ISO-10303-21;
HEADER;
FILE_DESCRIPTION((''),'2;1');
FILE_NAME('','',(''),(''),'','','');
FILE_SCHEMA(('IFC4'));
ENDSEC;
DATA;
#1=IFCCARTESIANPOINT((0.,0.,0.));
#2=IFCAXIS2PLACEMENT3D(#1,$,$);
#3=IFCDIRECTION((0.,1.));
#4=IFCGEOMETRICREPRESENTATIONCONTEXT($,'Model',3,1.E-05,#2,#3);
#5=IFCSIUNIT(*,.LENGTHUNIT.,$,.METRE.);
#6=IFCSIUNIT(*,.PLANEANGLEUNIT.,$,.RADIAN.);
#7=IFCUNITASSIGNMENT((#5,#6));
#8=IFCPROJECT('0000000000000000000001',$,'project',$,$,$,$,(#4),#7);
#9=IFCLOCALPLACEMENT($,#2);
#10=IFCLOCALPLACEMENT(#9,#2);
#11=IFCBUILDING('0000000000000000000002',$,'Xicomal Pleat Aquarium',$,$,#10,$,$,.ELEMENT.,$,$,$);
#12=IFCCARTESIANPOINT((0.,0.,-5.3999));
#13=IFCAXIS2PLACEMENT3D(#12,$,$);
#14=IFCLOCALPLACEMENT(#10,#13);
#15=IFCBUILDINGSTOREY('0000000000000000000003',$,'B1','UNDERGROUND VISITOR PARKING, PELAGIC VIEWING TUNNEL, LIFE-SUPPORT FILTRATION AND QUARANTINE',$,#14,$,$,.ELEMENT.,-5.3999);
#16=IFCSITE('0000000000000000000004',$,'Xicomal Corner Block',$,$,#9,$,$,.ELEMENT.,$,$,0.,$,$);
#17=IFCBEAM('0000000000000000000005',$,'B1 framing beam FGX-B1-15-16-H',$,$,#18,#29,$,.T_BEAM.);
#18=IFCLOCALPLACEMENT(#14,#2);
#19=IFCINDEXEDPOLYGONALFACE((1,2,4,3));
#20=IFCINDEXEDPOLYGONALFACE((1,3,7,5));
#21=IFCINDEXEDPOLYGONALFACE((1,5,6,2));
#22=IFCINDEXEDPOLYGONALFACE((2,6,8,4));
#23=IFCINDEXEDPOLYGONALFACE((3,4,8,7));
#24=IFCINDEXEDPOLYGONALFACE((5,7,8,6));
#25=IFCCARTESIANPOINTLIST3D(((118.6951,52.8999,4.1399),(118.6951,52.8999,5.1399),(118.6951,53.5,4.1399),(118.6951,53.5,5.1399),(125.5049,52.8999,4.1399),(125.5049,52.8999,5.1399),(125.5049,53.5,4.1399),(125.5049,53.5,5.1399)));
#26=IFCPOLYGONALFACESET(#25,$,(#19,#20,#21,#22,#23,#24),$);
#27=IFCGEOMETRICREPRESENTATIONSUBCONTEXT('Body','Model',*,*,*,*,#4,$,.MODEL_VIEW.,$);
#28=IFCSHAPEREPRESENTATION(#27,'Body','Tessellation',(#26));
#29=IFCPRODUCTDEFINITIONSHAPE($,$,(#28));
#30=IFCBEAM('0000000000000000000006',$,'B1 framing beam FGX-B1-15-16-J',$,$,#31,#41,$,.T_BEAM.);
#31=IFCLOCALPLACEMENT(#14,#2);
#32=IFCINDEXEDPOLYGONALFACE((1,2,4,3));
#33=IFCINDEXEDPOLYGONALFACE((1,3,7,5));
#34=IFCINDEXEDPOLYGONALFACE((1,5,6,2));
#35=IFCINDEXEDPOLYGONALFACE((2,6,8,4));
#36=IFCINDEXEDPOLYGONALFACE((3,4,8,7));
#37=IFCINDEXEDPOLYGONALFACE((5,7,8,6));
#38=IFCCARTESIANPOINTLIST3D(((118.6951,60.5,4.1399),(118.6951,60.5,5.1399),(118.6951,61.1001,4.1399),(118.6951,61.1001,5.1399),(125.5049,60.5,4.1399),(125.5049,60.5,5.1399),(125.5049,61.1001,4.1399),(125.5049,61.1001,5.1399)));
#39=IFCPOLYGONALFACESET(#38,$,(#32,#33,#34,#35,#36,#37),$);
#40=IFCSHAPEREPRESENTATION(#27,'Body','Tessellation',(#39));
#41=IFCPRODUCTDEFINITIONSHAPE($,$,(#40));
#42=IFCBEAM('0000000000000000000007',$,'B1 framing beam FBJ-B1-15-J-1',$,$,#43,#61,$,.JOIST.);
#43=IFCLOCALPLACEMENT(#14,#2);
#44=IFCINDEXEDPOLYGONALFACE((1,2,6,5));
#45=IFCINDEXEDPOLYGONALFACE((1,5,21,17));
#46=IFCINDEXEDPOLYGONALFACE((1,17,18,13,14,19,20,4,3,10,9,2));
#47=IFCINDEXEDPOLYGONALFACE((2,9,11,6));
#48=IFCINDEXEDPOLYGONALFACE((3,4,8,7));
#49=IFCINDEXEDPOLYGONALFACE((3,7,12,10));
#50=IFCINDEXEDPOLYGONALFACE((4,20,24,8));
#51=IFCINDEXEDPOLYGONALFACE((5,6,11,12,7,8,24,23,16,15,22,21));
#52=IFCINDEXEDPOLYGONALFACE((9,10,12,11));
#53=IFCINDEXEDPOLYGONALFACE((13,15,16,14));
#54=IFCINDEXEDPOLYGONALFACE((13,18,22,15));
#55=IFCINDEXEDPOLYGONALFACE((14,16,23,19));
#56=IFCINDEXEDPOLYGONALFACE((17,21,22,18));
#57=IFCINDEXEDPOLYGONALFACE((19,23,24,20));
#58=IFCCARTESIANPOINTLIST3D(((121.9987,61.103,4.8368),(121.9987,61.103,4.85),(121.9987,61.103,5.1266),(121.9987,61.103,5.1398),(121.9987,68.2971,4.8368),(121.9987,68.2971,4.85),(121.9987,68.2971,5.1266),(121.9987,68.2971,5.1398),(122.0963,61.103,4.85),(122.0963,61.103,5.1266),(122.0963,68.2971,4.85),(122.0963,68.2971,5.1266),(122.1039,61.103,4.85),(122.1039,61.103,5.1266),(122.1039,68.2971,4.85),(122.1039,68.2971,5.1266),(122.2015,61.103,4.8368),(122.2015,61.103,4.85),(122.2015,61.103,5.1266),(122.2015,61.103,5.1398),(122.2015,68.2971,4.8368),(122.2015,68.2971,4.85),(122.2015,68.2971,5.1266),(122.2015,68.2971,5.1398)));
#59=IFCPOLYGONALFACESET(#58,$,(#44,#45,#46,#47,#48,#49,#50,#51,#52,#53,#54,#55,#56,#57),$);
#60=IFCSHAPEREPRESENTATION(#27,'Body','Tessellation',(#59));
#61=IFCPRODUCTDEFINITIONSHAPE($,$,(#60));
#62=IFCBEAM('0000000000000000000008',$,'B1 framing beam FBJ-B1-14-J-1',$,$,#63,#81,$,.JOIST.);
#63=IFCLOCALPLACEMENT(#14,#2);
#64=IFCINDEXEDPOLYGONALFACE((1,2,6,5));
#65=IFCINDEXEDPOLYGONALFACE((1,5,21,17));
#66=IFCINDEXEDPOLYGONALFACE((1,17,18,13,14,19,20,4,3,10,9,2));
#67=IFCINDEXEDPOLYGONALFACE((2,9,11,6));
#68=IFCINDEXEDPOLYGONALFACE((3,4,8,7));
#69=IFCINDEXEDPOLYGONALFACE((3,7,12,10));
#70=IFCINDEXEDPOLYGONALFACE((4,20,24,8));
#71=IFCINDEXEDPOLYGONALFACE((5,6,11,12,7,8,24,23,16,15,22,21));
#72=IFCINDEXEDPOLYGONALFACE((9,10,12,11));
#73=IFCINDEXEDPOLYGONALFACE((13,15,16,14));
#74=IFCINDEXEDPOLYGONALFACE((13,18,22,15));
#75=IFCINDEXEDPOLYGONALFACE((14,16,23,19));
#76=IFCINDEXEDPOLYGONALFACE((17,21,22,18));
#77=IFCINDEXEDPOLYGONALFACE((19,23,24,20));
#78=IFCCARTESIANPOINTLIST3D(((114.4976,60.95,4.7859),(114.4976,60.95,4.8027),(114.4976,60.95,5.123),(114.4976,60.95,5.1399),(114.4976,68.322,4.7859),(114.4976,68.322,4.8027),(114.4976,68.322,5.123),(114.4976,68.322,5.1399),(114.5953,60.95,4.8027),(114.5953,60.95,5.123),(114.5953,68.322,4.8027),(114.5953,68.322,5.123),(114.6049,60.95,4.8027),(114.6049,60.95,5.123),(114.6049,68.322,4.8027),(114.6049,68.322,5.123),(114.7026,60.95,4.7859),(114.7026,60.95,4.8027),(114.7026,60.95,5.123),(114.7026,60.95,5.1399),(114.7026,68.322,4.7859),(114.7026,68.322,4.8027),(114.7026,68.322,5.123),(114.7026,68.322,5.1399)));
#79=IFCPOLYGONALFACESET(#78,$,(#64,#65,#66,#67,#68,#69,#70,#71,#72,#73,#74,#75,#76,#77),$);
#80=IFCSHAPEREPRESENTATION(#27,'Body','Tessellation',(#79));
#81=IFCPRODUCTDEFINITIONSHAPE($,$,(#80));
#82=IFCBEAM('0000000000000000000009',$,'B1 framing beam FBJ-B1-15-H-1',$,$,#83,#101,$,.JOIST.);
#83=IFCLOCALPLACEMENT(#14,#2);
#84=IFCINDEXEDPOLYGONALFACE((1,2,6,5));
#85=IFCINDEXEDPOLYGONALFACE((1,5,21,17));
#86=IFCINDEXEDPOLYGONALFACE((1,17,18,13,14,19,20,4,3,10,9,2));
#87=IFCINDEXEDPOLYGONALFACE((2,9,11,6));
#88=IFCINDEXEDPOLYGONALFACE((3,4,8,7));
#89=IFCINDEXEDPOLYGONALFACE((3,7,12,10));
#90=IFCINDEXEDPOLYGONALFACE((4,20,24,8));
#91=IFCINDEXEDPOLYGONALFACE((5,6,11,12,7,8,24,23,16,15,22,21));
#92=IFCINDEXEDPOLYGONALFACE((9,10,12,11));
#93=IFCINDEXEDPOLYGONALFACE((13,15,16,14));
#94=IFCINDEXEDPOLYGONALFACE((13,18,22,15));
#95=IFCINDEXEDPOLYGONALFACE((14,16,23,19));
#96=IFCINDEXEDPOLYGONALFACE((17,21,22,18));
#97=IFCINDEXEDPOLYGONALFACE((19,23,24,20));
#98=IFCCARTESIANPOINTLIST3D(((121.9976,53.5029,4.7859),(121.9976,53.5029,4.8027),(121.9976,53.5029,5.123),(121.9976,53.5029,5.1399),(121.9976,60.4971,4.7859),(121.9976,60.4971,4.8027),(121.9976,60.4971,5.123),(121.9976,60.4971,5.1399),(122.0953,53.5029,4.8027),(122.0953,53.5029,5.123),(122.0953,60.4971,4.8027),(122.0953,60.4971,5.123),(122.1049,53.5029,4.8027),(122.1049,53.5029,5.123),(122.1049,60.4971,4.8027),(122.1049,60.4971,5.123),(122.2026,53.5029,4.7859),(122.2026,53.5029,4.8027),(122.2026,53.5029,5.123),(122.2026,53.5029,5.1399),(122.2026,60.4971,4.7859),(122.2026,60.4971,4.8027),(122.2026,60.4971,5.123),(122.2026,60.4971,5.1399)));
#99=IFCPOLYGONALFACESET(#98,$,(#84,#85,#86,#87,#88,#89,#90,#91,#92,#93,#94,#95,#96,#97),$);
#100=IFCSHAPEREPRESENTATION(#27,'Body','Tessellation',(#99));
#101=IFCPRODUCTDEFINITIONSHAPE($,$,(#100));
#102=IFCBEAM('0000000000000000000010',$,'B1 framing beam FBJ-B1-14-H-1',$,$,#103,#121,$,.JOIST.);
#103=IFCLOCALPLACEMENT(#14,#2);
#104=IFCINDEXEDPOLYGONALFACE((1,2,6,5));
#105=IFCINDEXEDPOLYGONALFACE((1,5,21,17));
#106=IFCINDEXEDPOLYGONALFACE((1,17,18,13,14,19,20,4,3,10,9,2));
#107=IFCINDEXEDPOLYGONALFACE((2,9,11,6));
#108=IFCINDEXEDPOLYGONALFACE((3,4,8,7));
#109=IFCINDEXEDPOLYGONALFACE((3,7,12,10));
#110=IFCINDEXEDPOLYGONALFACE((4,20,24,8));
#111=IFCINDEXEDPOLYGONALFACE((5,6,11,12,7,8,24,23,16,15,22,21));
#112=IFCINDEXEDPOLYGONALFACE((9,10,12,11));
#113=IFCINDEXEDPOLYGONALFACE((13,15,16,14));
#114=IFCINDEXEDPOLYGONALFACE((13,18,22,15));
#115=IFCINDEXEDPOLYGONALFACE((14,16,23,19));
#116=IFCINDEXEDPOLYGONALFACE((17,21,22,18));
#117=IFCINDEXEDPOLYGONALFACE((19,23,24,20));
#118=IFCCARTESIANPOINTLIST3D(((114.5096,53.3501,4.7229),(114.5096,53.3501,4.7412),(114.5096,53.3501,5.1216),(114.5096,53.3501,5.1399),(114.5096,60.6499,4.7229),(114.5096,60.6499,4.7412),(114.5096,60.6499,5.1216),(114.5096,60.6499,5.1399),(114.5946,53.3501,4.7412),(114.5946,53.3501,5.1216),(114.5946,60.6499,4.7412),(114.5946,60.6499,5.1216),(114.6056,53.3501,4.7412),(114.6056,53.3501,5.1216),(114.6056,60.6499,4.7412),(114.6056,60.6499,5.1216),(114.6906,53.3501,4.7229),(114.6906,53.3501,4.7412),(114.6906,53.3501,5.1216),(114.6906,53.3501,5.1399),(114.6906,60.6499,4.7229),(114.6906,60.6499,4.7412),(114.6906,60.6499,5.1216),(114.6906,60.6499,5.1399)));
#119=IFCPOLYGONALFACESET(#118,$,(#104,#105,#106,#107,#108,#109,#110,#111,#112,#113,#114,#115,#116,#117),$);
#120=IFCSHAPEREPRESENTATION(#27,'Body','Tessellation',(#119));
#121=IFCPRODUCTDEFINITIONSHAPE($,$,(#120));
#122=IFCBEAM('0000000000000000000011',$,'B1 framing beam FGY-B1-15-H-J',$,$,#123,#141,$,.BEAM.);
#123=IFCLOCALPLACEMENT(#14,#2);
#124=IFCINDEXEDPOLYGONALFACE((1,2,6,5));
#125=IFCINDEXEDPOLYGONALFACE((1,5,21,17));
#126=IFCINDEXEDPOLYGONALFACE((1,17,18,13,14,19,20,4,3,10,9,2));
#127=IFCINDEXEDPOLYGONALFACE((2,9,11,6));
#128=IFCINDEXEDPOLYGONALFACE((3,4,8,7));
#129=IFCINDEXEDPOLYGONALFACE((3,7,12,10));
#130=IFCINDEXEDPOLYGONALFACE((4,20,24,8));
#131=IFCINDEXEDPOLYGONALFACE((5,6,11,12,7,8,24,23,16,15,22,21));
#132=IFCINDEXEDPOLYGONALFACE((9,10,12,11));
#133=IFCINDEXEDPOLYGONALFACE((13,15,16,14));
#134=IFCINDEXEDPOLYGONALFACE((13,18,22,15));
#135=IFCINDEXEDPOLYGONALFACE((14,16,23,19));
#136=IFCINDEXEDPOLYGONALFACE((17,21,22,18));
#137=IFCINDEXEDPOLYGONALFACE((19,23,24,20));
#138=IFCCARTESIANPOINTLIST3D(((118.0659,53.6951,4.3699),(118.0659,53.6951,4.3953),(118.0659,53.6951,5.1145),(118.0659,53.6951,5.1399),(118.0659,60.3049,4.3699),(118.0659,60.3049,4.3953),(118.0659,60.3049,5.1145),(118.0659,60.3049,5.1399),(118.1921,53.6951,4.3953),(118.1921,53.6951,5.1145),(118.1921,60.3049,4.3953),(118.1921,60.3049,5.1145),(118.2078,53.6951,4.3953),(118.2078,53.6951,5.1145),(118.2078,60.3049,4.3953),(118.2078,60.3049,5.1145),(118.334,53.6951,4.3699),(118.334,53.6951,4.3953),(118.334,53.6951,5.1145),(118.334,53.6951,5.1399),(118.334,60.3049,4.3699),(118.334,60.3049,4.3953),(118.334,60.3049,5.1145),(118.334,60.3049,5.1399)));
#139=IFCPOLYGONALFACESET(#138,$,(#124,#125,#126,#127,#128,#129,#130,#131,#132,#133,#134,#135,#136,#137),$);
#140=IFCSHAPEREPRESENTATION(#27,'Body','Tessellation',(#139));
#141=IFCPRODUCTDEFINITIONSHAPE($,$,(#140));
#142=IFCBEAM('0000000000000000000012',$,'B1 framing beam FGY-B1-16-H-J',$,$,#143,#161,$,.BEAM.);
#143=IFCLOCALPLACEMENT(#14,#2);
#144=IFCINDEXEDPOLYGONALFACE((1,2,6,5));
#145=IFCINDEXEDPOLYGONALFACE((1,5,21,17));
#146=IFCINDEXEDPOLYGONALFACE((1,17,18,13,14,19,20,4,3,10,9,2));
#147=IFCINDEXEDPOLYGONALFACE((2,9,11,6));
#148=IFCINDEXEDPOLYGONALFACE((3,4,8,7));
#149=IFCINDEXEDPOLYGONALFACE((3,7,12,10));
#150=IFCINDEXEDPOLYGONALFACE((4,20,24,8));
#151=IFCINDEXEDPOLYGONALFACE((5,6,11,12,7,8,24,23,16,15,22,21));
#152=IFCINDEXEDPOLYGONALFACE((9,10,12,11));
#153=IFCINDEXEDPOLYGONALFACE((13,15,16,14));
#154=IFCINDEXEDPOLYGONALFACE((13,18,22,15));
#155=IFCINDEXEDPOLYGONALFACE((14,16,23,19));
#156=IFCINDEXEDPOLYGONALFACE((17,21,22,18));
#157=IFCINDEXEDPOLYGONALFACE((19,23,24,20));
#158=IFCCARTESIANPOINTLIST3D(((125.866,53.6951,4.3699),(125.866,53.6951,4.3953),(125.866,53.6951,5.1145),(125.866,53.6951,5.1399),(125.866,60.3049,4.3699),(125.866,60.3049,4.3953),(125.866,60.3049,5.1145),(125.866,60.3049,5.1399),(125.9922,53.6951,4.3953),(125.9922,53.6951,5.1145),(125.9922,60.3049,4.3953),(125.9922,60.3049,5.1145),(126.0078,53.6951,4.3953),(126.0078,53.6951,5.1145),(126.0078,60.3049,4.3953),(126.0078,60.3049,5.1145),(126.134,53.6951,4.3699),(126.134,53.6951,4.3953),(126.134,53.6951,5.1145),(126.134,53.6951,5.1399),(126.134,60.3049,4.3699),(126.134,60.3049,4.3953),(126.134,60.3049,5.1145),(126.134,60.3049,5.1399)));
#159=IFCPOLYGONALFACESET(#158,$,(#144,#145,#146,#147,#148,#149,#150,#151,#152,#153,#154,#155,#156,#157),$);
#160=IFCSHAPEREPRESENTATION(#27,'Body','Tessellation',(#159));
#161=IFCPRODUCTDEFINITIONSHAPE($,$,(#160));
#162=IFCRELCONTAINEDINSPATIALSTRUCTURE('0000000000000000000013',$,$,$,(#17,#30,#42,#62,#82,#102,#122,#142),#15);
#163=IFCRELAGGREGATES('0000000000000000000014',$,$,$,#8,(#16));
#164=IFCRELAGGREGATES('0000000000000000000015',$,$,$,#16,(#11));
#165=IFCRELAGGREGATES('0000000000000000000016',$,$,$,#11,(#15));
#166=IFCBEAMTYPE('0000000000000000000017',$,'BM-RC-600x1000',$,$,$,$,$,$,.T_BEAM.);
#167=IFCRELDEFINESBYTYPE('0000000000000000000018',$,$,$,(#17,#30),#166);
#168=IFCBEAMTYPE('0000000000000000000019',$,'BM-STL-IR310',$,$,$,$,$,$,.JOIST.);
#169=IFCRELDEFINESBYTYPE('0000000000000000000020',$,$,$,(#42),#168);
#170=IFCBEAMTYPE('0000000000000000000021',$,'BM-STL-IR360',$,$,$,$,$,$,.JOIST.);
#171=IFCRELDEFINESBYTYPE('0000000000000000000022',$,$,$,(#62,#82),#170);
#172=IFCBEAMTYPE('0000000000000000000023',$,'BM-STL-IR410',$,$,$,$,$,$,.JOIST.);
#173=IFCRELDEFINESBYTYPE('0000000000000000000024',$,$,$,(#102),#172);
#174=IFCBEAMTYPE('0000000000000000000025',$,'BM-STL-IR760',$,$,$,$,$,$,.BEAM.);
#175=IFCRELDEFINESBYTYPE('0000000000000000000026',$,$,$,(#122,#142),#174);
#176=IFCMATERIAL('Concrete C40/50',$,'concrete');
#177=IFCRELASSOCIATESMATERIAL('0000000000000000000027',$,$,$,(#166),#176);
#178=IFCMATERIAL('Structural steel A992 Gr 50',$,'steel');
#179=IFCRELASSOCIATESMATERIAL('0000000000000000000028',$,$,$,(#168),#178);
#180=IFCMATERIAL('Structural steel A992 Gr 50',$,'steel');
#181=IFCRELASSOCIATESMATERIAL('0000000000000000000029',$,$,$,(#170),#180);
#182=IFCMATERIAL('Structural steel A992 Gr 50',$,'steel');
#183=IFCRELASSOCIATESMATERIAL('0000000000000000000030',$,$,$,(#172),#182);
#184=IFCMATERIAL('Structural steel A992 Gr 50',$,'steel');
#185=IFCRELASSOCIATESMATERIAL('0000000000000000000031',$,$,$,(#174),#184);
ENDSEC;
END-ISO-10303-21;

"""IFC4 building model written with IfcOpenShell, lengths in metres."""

from ifc_helpers import new_model, si_unit, direction, frame, origin, origin_2d, place, context, subcontext, project, spatial, rectangle, i_section, extrude, material, material_profile, profile_set, type_object, element, save


model = new_model("IFC4")

# Units and contexts
model_context = context("Model", 3, precision=1e-05, world=origin(), true_north=direction((0.0, 1.0)))
body_context = subcontext(model_context, "Body", "Model", "MODEL_VIEW")
ifc_project = project(units=[si_unit("LENGTHUNIT", "METRE"), si_unit("PLANEANGLEUNIT", "RADIAN")], contexts=[model_context])

# Site, building, storey
site_placement = place(None, origin())
site = spatial("IfcSite", under=ifc_project, at=site_placement, Name="Xicomal Corner Block", CompositionType="ELEMENT", RefElevation=0.0)
building_placement = place(site_placement, origin())
building = spatial("IfcBuilding", under=site, at=building_placement, Name="Xicomal Pleat Aquarium", CompositionType="ELEMENT")
storey_placement = place(building_placement, frame((0.0, 0.0, -5.3999)))
storey = spatial("IfcBuildingStorey", under=building, at=storey_placement, Name="B1", Description="UNDERGROUND VISITOR PARKING, PELAGIC VIEWING TUNNEL, LIFE-SUPPORT FILTRATION AND QUARANTINE", CompositionType="ELEMENT", Elevation=-5.3999)

# Beams
ifc_material_1 = material(Name="Concrete C40/50", Category="concrete")
ifc_material_profile_1 = material_profile(ifc_material_1, rectangle(XDim=0.6001, YDim=1.0, at=origin_2d()), Name="RC 600x1000")
ifc_profile_set_1 = profile_set([ifc_material_profile_1], Name="Concrete C40/50")
beam_type_1 = type_object("IfcBeamType", Name="BM-RC-600x1000", PredefinedType="T_BEAM", material=ifc_profile_set_1)
for number, where, z_axis, x_axis, name in (
    (1, (118.6951, 53.2, 4.6399), (1.0, 0.0, 0.0), (0.0, 1.0, 0.0), "B1 framing beam FGX-B1-15-16-H"),
    (2, (118.6951, 60.8, 4.6399), (1.0, 0.0, 0.0), (0.0, 1.0, 0.0), "B1 framing beam FGX-B1-15-16-J"),
):
    element("IfcBeam", number, at=place(storey_placement, frame(where, z_axis=z_axis, x_axis=x_axis)), inside=storey, type_object=beam_type_1, Name=name, PredefinedType="T_BEAM", context=body_context, shape_type="SweptSolid", body=[
        extrude(rectangle(XDim=0.6001, YDim=1.0, at=origin_2d()), origin(), (0.0, 0.0, 1.0), 6.8098),
    ])
ifc_material_2 = material(Name="Structural steel A992 Gr 50", Category="steel")
ifc_material_profile_2 = material_profile(ifc_material_2, i_section(OverallWidth=0.2029, OverallDepth=0.303, WebThickness=0.0076, FlangeThickness=0.0132, at=origin_2d()), Name="IR 310x60")
ifc_profile_set_2 = profile_set([ifc_material_profile_2], Name="Structural steel A992 Gr 50")
beam_type_2 = type_object("IfcBeamType", Name="BM-STL-IR310", PredefinedType="JOIST", material=ifc_profile_set_2)
beam_1_placement = place(storey_placement, frame((122.1001, 61.103, 4.9883), z_axis=(0.0, 1.0, 0.0), x_axis=(-1.0, 0.0, 0.0)))
element("IfcBeam", 3, at=beam_1_placement, inside=storey, type_object=beam_type_2, Name="B1 framing beam FBJ-B1-15-J-1", PredefinedType="JOIST", context=body_context, shape_type="SweptSolid", body=[
    extrude(i_section(OverallWidth=0.2029, OverallDepth=0.303, WebThickness=0.0076, FlangeThickness=0.0132, at=origin_2d()), origin(), (0.0, 0.0, 1.0), 7.1941),
])
ifc_material_3 = material(Name="Structural steel A992 Gr 50", Category="steel")
ifc_material_profile_3 = material_profile(ifc_material_3, i_section(OverallWidth=0.2051, OverallDepth=0.354, WebThickness=0.0095, FlangeThickness=0.0168, at=origin_2d()), Name="IR 360x79")
ifc_profile_set_3 = profile_set([ifc_material_profile_3], Name="Structural steel A992 Gr 50")
beam_type_3 = type_object("IfcBeamType", Name="BM-STL-IR360", PredefinedType="JOIST", material=ifc_profile_set_3)
beam_2_placement = place(storey_placement, frame((114.6001, 60.95, 4.9629), z_axis=(0.0, 1.0, 0.0), x_axis=(-1.0, 0.0, 0.0)))
element("IfcBeam", 4, at=beam_2_placement, inside=storey, type_object=beam_type_3, Name="B1 framing beam FBJ-B1-14-J-1", PredefinedType="JOIST", context=body_context, shape_type="SweptSolid", body=[
    extrude(i_section(OverallWidth=0.2051, OverallDepth=0.354, WebThickness=0.0095, FlangeThickness=0.0168, at=origin_2d()), origin(), (0.0, 0.0, 1.0), 7.3721),
])
beam_3_placement = place(storey_placement, frame((122.1001, 53.5029, 4.9629), z_axis=(0.0, 1.0, 0.0), x_axis=(-1.0, 0.0, 0.0)))
element("IfcBeam", 5, at=beam_3_placement, inside=storey, type_object=beam_type_3, Name="B1 framing beam FBJ-B1-15-H-1", PredefinedType="JOIST", context=body_context, shape_type="SweptSolid", body=[
    extrude(i_section(OverallWidth=0.2051, OverallDepth=0.354, WebThickness=0.0095, FlangeThickness=0.0168, at=origin_2d()), origin(), (0.0, 0.0, 1.0), 6.9941),
])
ifc_material_4 = material(Name="Structural steel A992 Gr 50", Category="steel")
ifc_material_profile_4 = material_profile(ifc_material_4, i_section(OverallWidth=0.1809, OverallDepth=0.417, WebThickness=0.011, FlangeThickness=0.0183, at=origin_2d()), Name="IR 410x85")
ifc_profile_set_4 = profile_set([ifc_material_profile_4], Name="Structural steel A992 Gr 50")
beam_type_4 = type_object("IfcBeamType", Name="BM-STL-IR410", PredefinedType="JOIST", material=ifc_profile_set_4)
beam_4_placement = place(storey_placement, frame((114.6001, 53.3501, 4.9314), z_axis=(0.0, 1.0, 0.0), x_axis=(-1.0, 0.0, 0.0)))
element("IfcBeam", 6, at=beam_4_placement, inside=storey, type_object=beam_type_4, Name="B1 framing beam FBJ-B1-14-H-1", PredefinedType="JOIST", context=body_context, shape_type="SweptSolid", body=[
    extrude(i_section(OverallWidth=0.1809, OverallDepth=0.417, WebThickness=0.011, FlangeThickness=0.0183, at=origin_2d()), origin(), (0.0, 0.0, 1.0), 7.2998),
])
ifc_material_5 = material(Name="Structural steel A992 Gr 50", Category="steel")
ifc_material_profile_5 = material_profile(ifc_material_5, i_section(OverallWidth=0.2681, OverallDepth=0.77, WebThickness=0.0156, FlangeThickness=0.0254, at=origin_2d()), Name="IR 760x196")
ifc_profile_set_5 = profile_set([ifc_material_profile_5], Name="Structural steel A992 Gr 50")
beam_type_5 = type_object("IfcBeamType", Name="BM-STL-IR760", PredefinedType="BEAM", material=ifc_profile_set_5)
for number, where, z_axis, x_axis, name in (
    (7, (118.2, 53.6951, 4.7549), (0.0, 1.0, 0.0), (-1.0, 0.0, 0.0), "B1 framing beam FGY-B1-15-H-J"),
    (8, (126.0, 53.6951, 4.7549), (0.0, 1.0, 0.0), (-1.0, 0.0, 0.0), "B1 framing beam FGY-B1-16-H-J"),
):
    element("IfcBeam", number, at=place(storey_placement, frame(where, z_axis=z_axis, x_axis=x_axis)), inside=storey, type_object=beam_type_5, Name=name, PredefinedType="BEAM", context=body_context, shape_type="SweptSolid", body=[
        extrude(i_section(OverallWidth=0.2681, OverallDepth=0.77, WebThickness=0.0156, FlangeThickness=0.0254, at=origin_2d()), origin(), (0.0, 0.0, 1.0), 6.6099),
    ])

save(model, "model.ifc")
